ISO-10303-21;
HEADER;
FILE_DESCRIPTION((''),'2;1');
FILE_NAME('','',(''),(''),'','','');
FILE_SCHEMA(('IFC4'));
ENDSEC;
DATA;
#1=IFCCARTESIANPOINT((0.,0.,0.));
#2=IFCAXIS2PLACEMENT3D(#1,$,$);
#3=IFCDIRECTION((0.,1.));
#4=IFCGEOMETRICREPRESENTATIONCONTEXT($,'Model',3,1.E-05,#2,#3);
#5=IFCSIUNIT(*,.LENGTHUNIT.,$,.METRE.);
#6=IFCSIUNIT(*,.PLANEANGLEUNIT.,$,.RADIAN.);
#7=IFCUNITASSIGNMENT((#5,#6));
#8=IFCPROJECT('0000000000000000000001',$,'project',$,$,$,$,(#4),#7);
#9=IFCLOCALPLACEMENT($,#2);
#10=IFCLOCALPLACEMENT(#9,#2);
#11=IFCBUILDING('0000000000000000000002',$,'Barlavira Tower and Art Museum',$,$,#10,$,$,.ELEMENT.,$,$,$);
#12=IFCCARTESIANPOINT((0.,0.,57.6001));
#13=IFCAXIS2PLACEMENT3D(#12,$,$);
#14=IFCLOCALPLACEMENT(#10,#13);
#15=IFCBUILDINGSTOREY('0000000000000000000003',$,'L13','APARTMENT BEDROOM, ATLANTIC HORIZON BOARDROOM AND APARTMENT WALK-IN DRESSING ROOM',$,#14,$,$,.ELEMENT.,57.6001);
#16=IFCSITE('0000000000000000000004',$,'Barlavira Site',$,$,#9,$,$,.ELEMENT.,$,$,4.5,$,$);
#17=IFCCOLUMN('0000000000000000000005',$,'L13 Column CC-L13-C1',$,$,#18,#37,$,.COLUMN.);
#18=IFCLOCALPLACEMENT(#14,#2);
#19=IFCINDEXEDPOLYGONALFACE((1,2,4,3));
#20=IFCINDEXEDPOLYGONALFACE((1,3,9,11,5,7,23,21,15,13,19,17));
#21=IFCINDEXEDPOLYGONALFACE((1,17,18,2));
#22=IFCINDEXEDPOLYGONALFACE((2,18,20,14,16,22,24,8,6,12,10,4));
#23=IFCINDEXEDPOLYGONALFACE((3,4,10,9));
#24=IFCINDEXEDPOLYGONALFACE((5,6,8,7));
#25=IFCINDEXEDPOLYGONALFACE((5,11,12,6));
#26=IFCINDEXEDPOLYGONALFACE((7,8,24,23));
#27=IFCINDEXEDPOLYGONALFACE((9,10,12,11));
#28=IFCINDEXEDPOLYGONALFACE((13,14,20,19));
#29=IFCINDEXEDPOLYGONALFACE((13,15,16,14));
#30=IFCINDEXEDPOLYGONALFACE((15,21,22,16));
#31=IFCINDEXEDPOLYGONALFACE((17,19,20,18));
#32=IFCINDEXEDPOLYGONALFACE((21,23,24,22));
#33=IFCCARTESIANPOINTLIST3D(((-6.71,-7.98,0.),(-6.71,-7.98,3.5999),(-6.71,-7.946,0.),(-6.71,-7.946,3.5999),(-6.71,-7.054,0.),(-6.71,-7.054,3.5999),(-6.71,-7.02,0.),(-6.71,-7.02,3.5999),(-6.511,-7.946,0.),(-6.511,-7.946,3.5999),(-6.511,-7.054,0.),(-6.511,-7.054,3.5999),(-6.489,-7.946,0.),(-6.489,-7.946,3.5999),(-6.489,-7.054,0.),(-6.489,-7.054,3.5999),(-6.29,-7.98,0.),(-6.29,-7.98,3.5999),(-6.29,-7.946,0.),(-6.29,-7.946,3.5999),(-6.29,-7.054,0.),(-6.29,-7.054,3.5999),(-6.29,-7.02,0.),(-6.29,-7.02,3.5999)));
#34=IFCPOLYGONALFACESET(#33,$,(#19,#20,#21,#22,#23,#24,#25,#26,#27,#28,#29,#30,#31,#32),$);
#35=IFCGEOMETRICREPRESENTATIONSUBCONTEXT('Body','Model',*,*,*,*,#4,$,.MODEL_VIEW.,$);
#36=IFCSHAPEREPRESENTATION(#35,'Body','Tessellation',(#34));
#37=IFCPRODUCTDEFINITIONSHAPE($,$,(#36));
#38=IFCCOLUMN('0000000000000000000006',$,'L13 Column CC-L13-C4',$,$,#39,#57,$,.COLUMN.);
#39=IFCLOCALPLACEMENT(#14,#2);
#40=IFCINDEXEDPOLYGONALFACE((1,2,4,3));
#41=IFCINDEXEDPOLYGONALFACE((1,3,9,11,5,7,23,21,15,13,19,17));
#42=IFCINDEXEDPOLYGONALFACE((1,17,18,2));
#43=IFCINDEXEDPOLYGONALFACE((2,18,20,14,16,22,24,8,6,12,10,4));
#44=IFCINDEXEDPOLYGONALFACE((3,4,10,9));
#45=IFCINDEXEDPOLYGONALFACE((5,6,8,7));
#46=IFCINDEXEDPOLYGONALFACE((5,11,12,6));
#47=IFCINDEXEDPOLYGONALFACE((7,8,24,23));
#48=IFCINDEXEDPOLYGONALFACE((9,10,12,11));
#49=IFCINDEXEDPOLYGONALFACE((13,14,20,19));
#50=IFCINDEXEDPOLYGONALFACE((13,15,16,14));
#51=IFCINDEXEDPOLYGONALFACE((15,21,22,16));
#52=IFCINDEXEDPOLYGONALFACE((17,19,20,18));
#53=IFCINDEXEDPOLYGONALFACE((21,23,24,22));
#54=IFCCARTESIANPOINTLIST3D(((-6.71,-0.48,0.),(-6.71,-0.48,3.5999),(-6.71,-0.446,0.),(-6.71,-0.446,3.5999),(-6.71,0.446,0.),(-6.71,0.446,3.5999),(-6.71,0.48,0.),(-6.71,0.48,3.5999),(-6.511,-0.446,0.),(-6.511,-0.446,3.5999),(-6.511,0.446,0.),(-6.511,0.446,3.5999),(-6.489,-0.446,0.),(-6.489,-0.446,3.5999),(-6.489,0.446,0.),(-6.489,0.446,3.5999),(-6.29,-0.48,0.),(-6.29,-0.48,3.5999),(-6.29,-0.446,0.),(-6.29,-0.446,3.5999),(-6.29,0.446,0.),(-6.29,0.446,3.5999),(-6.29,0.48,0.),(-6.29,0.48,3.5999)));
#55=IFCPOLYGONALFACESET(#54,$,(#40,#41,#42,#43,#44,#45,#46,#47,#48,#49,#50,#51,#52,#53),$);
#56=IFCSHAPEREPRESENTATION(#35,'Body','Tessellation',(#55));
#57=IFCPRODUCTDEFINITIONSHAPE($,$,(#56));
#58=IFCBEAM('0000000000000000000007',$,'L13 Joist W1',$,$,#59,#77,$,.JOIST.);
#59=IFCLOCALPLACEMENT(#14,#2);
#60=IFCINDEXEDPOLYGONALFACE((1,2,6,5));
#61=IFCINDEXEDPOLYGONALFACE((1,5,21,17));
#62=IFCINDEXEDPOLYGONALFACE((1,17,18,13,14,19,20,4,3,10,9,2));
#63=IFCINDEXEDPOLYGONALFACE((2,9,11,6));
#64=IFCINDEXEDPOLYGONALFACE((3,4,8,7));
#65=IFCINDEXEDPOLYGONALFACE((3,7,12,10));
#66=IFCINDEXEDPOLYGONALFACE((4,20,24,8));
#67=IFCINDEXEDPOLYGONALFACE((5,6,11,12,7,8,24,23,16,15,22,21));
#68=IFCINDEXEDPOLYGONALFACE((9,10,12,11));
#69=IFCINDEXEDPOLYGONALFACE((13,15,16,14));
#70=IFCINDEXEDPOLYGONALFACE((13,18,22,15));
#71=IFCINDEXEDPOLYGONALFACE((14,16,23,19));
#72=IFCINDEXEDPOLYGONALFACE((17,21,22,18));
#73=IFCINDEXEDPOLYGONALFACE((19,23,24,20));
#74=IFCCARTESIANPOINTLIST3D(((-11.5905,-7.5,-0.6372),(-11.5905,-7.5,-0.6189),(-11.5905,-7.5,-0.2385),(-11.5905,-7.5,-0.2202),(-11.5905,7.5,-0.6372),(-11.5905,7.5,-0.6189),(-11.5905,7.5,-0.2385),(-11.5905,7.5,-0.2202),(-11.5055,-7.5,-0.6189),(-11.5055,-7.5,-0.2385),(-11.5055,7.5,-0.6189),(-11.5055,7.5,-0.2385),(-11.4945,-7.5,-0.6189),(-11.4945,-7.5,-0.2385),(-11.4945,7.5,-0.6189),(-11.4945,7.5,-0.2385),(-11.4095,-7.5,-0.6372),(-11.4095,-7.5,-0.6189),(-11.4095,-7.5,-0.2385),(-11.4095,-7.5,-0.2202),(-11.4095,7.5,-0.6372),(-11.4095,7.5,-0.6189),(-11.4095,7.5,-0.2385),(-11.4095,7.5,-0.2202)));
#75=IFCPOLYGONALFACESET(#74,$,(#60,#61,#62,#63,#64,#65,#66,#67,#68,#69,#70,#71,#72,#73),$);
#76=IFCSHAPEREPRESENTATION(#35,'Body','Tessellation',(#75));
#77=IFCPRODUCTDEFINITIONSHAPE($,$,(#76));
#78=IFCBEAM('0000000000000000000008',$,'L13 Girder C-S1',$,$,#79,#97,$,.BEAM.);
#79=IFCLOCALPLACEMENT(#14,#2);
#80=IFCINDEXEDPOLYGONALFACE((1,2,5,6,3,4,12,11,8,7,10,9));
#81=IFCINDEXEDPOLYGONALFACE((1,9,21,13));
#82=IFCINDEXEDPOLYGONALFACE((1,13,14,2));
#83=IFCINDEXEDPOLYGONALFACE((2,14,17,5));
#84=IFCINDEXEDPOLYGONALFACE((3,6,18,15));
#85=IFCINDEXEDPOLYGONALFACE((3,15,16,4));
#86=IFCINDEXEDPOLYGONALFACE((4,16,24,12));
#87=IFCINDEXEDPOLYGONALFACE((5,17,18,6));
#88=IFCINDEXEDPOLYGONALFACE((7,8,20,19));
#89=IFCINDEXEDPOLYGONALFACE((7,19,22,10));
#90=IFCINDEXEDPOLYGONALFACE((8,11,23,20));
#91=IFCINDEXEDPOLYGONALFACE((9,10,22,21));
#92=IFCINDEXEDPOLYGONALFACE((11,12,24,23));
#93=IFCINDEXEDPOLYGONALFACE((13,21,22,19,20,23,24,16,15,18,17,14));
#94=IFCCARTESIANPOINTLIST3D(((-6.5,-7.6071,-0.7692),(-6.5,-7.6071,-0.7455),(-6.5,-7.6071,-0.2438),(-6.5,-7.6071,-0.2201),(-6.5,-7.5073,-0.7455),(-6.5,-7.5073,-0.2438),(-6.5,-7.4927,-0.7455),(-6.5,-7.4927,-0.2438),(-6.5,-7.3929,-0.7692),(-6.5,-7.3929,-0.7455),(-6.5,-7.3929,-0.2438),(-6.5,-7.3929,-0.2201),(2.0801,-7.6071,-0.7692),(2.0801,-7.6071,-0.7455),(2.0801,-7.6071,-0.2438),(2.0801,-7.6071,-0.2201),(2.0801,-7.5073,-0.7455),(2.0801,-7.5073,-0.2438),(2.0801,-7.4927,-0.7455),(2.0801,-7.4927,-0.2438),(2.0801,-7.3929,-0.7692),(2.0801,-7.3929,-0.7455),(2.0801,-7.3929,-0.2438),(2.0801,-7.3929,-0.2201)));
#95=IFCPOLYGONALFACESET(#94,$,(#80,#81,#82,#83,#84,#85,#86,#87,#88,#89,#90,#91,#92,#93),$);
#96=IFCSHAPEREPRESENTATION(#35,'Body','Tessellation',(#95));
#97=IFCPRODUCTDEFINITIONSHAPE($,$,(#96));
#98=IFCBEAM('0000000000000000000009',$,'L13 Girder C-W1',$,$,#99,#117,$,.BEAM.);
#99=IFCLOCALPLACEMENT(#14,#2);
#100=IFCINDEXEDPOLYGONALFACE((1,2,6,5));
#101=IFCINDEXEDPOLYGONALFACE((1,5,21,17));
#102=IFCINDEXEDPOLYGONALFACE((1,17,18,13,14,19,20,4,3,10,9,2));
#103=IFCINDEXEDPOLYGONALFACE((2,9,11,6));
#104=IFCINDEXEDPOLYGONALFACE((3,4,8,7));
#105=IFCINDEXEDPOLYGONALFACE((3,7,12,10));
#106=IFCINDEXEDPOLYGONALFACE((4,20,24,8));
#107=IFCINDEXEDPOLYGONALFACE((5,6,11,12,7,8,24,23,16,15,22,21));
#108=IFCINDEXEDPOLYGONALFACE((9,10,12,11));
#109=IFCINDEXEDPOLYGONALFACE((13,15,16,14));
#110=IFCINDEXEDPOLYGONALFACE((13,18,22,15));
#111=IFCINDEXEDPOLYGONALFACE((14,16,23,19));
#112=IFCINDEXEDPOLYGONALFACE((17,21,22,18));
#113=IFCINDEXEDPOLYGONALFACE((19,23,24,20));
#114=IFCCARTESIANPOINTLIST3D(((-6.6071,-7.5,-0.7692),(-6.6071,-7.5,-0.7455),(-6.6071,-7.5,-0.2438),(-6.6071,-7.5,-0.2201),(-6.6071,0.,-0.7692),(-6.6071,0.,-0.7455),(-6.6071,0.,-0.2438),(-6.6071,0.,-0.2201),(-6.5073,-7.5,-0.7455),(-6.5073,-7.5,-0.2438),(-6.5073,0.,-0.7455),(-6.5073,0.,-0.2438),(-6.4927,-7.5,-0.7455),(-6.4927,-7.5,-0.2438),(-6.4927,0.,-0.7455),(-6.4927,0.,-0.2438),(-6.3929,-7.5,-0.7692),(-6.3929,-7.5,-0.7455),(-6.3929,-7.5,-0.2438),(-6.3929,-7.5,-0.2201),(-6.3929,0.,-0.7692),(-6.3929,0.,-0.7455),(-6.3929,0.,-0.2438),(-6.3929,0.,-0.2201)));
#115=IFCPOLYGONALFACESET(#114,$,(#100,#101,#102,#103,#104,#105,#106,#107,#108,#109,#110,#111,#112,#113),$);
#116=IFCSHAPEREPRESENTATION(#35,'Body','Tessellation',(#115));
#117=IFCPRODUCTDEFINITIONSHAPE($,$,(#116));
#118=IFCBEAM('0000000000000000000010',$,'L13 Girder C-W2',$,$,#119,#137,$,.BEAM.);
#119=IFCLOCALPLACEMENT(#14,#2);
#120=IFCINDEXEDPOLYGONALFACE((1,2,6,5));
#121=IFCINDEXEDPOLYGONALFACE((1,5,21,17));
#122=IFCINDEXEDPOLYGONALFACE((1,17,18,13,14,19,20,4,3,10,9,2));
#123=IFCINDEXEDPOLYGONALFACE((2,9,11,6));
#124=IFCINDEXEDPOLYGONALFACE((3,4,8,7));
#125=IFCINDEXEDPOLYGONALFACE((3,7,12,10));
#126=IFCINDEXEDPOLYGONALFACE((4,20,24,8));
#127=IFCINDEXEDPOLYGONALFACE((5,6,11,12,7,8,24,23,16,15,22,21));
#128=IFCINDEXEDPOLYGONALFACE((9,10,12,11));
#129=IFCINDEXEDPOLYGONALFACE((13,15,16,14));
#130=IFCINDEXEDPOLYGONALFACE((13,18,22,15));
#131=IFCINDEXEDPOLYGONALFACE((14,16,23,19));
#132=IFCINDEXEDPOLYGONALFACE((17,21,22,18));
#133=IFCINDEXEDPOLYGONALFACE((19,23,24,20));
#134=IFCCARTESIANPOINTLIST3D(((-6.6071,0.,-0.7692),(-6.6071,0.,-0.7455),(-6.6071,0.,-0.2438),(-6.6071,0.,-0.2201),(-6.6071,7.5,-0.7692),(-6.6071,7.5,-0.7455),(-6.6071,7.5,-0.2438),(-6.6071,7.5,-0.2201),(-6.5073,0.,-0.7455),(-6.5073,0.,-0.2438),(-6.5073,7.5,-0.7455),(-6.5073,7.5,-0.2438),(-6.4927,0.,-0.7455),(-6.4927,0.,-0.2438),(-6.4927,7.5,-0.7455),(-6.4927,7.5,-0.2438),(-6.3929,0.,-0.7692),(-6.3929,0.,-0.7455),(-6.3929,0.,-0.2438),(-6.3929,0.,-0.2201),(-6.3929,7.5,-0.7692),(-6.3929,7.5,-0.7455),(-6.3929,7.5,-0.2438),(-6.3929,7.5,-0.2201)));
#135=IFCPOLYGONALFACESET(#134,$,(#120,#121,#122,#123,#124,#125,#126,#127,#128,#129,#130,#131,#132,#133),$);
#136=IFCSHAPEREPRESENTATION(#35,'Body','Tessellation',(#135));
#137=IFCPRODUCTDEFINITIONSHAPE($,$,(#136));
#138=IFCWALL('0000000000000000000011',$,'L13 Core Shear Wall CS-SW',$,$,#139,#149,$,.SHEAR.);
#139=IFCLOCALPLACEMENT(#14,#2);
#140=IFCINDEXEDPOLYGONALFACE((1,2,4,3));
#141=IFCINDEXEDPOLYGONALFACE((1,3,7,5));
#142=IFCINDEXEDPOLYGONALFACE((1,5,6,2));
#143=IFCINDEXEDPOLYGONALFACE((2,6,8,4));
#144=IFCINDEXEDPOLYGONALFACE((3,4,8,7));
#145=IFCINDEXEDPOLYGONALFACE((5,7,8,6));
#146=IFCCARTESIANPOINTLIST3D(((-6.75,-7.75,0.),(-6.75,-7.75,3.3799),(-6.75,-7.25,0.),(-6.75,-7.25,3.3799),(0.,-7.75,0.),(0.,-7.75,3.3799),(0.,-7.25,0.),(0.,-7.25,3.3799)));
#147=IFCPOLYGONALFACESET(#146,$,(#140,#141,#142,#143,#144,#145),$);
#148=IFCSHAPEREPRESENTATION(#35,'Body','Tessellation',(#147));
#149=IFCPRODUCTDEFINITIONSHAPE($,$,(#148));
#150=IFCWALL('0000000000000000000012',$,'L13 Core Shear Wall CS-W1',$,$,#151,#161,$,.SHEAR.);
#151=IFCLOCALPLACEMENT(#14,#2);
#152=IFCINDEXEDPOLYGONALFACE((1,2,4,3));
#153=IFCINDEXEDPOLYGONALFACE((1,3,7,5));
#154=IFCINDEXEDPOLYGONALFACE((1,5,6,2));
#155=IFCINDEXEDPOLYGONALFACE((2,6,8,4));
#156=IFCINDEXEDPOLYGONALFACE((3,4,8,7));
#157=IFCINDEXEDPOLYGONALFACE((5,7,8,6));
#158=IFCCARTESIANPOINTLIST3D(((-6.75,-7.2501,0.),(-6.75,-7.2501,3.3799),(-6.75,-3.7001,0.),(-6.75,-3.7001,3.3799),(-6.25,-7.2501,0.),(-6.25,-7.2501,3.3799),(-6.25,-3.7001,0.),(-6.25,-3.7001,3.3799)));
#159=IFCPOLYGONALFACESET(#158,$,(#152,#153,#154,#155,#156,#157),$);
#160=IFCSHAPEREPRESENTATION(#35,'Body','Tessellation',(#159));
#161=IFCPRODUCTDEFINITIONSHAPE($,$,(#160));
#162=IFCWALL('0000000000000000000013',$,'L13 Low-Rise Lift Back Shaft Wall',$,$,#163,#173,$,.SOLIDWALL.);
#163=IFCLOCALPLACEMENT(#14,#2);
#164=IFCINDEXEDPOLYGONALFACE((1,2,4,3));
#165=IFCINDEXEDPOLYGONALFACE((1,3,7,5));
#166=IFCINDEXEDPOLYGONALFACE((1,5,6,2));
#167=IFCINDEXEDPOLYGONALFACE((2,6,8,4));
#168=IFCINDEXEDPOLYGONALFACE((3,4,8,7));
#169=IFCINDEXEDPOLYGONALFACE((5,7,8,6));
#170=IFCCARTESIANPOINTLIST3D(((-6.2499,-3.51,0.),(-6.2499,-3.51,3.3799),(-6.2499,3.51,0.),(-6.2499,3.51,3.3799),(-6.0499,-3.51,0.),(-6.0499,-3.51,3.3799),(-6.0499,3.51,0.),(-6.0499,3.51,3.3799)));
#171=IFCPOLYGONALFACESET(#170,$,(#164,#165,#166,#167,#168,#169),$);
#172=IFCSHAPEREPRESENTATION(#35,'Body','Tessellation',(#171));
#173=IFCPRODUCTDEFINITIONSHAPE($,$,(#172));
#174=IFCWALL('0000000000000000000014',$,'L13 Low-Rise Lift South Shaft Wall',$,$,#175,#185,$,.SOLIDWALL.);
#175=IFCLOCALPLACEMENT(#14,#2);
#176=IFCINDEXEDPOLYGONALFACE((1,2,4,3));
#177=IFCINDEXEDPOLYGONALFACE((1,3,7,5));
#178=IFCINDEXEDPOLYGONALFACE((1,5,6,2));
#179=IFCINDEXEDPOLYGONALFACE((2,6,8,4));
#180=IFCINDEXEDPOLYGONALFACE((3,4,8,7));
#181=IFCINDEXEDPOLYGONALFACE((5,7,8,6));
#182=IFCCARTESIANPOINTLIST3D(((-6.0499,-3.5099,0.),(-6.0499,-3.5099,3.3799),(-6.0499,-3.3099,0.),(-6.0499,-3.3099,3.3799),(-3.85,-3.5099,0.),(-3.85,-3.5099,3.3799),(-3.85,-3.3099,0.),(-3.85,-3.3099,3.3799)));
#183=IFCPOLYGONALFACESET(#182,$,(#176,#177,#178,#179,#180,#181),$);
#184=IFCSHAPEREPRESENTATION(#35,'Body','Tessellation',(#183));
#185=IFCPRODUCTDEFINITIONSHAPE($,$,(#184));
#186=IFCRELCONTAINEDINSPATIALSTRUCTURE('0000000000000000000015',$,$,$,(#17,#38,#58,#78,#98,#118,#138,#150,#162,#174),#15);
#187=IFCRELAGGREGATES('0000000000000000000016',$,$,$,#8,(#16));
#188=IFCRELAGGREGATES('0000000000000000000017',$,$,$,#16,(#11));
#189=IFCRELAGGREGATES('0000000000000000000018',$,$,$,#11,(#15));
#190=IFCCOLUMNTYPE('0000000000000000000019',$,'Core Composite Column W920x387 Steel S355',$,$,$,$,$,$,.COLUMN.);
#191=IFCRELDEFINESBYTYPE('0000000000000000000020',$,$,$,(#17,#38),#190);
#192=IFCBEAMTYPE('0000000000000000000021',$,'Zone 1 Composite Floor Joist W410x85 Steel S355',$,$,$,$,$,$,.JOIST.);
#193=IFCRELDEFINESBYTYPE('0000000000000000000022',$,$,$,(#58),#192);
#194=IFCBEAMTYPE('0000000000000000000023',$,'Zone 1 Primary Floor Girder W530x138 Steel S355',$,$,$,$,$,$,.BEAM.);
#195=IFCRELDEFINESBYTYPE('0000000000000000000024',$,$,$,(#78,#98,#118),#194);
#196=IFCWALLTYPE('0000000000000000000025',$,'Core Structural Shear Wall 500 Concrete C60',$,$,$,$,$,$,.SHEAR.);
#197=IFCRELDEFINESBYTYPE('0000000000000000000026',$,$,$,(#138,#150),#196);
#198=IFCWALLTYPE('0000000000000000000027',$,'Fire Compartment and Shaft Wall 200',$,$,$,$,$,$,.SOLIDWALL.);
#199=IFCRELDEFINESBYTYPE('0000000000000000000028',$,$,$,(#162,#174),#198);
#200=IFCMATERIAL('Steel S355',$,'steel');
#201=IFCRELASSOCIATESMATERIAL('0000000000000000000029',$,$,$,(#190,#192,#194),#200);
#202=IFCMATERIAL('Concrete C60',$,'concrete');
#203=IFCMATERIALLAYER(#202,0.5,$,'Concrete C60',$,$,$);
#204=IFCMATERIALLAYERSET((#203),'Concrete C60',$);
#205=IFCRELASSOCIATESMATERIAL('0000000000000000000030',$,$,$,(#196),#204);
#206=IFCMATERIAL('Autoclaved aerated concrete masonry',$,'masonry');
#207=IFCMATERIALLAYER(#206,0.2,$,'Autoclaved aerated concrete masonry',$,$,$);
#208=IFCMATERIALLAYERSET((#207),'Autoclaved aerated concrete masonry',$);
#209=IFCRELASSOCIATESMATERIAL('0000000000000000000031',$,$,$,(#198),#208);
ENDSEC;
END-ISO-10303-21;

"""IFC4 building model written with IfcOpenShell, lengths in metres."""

from ifc_helpers import new_model, si_unit, direction, frame, frame_2d, origin, origin_2d, place, context, subcontext, project, spatial, rectangle, i_section, extrude, material, layer, layer_set, material_profile, profile_set, type_object, element, save


model = new_model("IFC4")

# Units and contexts
model_context = context("Model", 3, precision=1e-05, world=origin(), true_north=direction((0.0, 1.0)))
body_context = subcontext(model_context, "Body", "Model", "MODEL_VIEW")
ifc_project = project(units=[si_unit("LENGTHUNIT", "METRE"), si_unit("PLANEANGLEUNIT", "RADIAN")], contexts=[model_context])

# Site, building, storey
site_placement = place(None, origin())
site = spatial("IfcSite", under=ifc_project, at=site_placement, Name="Barlavira Site", CompositionType="ELEMENT", RefElevation=4.5)
building_placement = place(site_placement, origin())
building = spatial("IfcBuilding", under=site, at=building_placement, Name="Barlavira Tower and Art Museum", CompositionType="ELEMENT")
storey_placement = place(building_placement, frame((0.0, 0.0, 57.6001)))
storey = spatial("IfcBuildingStorey", under=building, at=storey_placement, Name="L13", Description="APARTMENT BEDROOM, ATLANTIC HORIZON BOARDROOM AND APARTMENT WALK-IN DRESSING ROOM", CompositionType="ELEMENT", Elevation=57.6001)

# Columns
ifc_material_1 = material(Name="Steel S355", Category="steel")
ifc_material_profile_1 = material_profile(ifc_material_1, i_section(OverallWidth=0.4199, OverallDepth=0.96, WebThickness=0.022, FlangeThickness=0.0339, at=origin_2d()), Name="W920x387.0")
ifc_profile_set_1 = profile_set([ifc_material_profile_1], Name="Steel S355")
column_type = type_object("IfcColumnType", Name="Core Composite Column W920x387 Steel S355", PredefinedType="COLUMN", material=ifc_profile_set_1)
for number, where, z_axis, x_axis, name in (
    (1, (-6.5, -7.5, 0.0), (0.0, 0.0, 1.0), (1.0, 0.0, 0.0), "L13 Column CC-L13-C1"),
    (2, (-6.5, 0.0, 0.0), (0.0, 0.0, 1.0), (1.0, 0.0, 0.0), "L13 Column CC-L13-C4"),
):
    element("IfcColumn", number, at=place(storey_placement, frame(where, z_axis=z_axis, x_axis=x_axis)), inside=storey, type_object=column_type, Name=name, PredefinedType="COLUMN", context=body_context, shape_type="SweptSolid", body=[
        extrude(i_section(OverallWidth=0.4199, OverallDepth=0.96, WebThickness=0.022, FlangeThickness=0.0339, at=origin_2d()), origin(), (0.0, 0.0, 1.0), 3.5999),
    ])

# Beams
ifc_material_profile_2 = material_profile(ifc_material_1, i_section(OverallWidth=0.1809, OverallDepth=0.417, WebThickness=0.011, FlangeThickness=0.0183, at=origin_2d()), Name="W410x85.0")
ifc_profile_set_2 = profile_set([ifc_material_profile_2], Name="Steel S355")
beam_type_1 = type_object("IfcBeamType", Name="Zone 1 Composite Floor Joist W410x85 Steel S355", PredefinedType="JOIST", material=ifc_profile_set_2)
beam_1_placement = place(storey_placement, frame((-11.5, -7.5, -0.4287), z_axis=(0.0, 1.0, 0.0), x_axis=(-1.0, 0.0, 0.0)))
element("IfcBeam", 3, at=beam_1_placement, inside=storey, type_object=beam_type_1, Name="L13 Joist W1", PredefinedType="JOIST", context=body_context, shape_type="SweptSolid", body=[
    extrude(i_section(OverallWidth=0.1809, OverallDepth=0.417, WebThickness=0.011, FlangeThickness=0.0183, at=origin_2d()), origin(), (0.0, 0.0, 1.0), 15.0),
])
ifc_material_profile_3 = material_profile(ifc_material_1, i_section(OverallWidth=0.2141, OverallDepth=0.5491, WebThickness=0.0146, FlangeThickness=0.0237, at=origin_2d()), Name="W530x138.0")
ifc_profile_set_3 = profile_set([ifc_material_profile_3], Name="Steel S355")
beam_type_2 = type_object("IfcBeamType", Name="Zone 1 Primary Floor Girder W530x138 Steel S355", PredefinedType="BEAM", material=ifc_profile_set_3)
beam_2_placement = place(storey_placement, frame((-6.5, -7.5, -0.4946), z_axis=(1.0, 0.0, 0.0), x_axis=(0.0, 1.0, 0.0)))
element("IfcBeam", 4, at=beam_2_placement, inside=storey, type_object=beam_type_2, Name="L13 Girder C-S1", PredefinedType="BEAM", context=body_context, shape_type="SweptSolid", body=[
    extrude(i_section(OverallWidth=0.2141, OverallDepth=0.5491, WebThickness=0.0146, FlangeThickness=0.0237, at=origin_2d()), origin(), (0.0, 0.0, 1.0), 8.5801),
])
for number, where, z_axis, x_axis, name in (
    (5, (-6.5, -7.5, -0.4946), (0.0, 1.0, 0.0), (-1.0, 0.0, 0.0), "L13 Girder C-W1"),
    (6, (-6.5, 0.0, -0.4946), (0.0, 1.0, 0.0), (-1.0, 0.0, 0.0), "L13 Girder C-W2"),
):
    element("IfcBeam", number, at=place(storey_placement, frame(where, z_axis=z_axis, x_axis=x_axis)), inside=storey, type_object=beam_type_2, Name=name, PredefinedType="BEAM", context=body_context, shape_type="SweptSolid", body=[
        extrude(i_section(OverallWidth=0.2141, OverallDepth=0.5491, WebThickness=0.0146, FlangeThickness=0.0237, at=origin_2d()), origin(), (0.0, 0.0, 1.0), 7.5),
    ])

# Walls
ifc_material_2 = material(Name="Concrete C60", Category="concrete")
ifc_layer_1 = layer(ifc_material_2, 0.5, Name="Concrete C60")
ifc_layer_set_1 = layer_set([ifc_layer_1], Name="Concrete C60")
wall_type_1 = type_object("IfcWallType", Name="Core Structural Shear Wall 500 Concrete C60", PredefinedType="SHEAR", material=ifc_layer_set_1)
wall_1_placement = place(storey_placement, frame((-6.75, -7.5, 0.0), z_axis=(0.0, 0.0, 1.0), x_axis=(1.0, 0.0, 0.0)))
element("IfcWall", 7, at=wall_1_placement, inside=storey, type_object=wall_type_1, Name="L13 Core Shear Wall CS-SW", PredefinedType="SHEAR", context=body_context, shape_type="SweptSolid", body=[
    extrude(rectangle(XDim=6.75, YDim=0.5, at=frame_2d((3.375, 0.0))), origin(), (0.0, 0.0, 1.0), 3.3799),
])
wall_2_placement = place(storey_placement, frame((-6.5, -7.25, 0.0), z_axis=(0.0, 0.0, 1.0), x_axis=(0.0, 1.0, 0.0)))
element("IfcWall", 8, at=wall_2_placement, inside=storey, type_object=wall_type_1, Name="L13 Core Shear Wall CS-W1", PredefinedType="SHEAR", context=body_context, shape_type="SweptSolid", body=[
    extrude(rectangle(XDim=3.55, YDim=0.5, at=frame_2d((1.7749, 0.0))), origin(), (0.0, 0.0, 1.0), 3.3799),
])

# Shared definitions
ifc_material_3 = material(Name="Autoclaved aerated concrete masonry", Category="masonry")
ifc_layer_2 = layer(ifc_material_3, 0.2, Name="Autoclaved aerated concrete masonry")
ifc_layer_set_2 = layer_set([ifc_layer_2], Name="Autoclaved aerated concrete masonry")
wall_type_2 = type_object("IfcWallType", Name="Fire Compartment and Shaft Wall 200", PredefinedType="SOLIDWALL", material=ifc_layer_set_2)

# Walls
wall_3_placement = place(storey_placement, frame((-6.1499, -3.51, 0.0), z_axis=(0.0, 0.0, 1.0), x_axis=(0.0, 1.0, 0.0)))
element("IfcWall", 9, at=wall_3_placement, inside=storey, type_object=wall_type_2, Name="L13 Low-Rise Lift Back Shaft Wall", PredefinedType="SOLIDWALL", context=body_context, shape_type="SweptSolid", body=[
    extrude(rectangle(XDim=7.02, YDim=0.2, at=frame_2d((3.51, 0.0))), origin(), (0.0, 0.0, 1.0), 3.3799),
])
wall_4_placement = place(storey_placement, frame((-6.05, -3.4099, 0.0), z_axis=(0.0, 0.0, 1.0), x_axis=(1.0, 0.0, 0.0)))
element("IfcWall", 10, at=wall_4_placement, inside=storey, type_object=wall_type_2, Name="L13 Low-Rise Lift South Shaft Wall", PredefinedType="SOLIDWALL", context=body_context, shape_type="SweptSolid", body=[
    extrude(rectangle(XDim=2.2, YDim=0.2, at=frame_2d((1.1001, 0.0))), origin(), (0.0, 0.0, 1.0), 3.3799),
])

save(model, "model.ifc")
